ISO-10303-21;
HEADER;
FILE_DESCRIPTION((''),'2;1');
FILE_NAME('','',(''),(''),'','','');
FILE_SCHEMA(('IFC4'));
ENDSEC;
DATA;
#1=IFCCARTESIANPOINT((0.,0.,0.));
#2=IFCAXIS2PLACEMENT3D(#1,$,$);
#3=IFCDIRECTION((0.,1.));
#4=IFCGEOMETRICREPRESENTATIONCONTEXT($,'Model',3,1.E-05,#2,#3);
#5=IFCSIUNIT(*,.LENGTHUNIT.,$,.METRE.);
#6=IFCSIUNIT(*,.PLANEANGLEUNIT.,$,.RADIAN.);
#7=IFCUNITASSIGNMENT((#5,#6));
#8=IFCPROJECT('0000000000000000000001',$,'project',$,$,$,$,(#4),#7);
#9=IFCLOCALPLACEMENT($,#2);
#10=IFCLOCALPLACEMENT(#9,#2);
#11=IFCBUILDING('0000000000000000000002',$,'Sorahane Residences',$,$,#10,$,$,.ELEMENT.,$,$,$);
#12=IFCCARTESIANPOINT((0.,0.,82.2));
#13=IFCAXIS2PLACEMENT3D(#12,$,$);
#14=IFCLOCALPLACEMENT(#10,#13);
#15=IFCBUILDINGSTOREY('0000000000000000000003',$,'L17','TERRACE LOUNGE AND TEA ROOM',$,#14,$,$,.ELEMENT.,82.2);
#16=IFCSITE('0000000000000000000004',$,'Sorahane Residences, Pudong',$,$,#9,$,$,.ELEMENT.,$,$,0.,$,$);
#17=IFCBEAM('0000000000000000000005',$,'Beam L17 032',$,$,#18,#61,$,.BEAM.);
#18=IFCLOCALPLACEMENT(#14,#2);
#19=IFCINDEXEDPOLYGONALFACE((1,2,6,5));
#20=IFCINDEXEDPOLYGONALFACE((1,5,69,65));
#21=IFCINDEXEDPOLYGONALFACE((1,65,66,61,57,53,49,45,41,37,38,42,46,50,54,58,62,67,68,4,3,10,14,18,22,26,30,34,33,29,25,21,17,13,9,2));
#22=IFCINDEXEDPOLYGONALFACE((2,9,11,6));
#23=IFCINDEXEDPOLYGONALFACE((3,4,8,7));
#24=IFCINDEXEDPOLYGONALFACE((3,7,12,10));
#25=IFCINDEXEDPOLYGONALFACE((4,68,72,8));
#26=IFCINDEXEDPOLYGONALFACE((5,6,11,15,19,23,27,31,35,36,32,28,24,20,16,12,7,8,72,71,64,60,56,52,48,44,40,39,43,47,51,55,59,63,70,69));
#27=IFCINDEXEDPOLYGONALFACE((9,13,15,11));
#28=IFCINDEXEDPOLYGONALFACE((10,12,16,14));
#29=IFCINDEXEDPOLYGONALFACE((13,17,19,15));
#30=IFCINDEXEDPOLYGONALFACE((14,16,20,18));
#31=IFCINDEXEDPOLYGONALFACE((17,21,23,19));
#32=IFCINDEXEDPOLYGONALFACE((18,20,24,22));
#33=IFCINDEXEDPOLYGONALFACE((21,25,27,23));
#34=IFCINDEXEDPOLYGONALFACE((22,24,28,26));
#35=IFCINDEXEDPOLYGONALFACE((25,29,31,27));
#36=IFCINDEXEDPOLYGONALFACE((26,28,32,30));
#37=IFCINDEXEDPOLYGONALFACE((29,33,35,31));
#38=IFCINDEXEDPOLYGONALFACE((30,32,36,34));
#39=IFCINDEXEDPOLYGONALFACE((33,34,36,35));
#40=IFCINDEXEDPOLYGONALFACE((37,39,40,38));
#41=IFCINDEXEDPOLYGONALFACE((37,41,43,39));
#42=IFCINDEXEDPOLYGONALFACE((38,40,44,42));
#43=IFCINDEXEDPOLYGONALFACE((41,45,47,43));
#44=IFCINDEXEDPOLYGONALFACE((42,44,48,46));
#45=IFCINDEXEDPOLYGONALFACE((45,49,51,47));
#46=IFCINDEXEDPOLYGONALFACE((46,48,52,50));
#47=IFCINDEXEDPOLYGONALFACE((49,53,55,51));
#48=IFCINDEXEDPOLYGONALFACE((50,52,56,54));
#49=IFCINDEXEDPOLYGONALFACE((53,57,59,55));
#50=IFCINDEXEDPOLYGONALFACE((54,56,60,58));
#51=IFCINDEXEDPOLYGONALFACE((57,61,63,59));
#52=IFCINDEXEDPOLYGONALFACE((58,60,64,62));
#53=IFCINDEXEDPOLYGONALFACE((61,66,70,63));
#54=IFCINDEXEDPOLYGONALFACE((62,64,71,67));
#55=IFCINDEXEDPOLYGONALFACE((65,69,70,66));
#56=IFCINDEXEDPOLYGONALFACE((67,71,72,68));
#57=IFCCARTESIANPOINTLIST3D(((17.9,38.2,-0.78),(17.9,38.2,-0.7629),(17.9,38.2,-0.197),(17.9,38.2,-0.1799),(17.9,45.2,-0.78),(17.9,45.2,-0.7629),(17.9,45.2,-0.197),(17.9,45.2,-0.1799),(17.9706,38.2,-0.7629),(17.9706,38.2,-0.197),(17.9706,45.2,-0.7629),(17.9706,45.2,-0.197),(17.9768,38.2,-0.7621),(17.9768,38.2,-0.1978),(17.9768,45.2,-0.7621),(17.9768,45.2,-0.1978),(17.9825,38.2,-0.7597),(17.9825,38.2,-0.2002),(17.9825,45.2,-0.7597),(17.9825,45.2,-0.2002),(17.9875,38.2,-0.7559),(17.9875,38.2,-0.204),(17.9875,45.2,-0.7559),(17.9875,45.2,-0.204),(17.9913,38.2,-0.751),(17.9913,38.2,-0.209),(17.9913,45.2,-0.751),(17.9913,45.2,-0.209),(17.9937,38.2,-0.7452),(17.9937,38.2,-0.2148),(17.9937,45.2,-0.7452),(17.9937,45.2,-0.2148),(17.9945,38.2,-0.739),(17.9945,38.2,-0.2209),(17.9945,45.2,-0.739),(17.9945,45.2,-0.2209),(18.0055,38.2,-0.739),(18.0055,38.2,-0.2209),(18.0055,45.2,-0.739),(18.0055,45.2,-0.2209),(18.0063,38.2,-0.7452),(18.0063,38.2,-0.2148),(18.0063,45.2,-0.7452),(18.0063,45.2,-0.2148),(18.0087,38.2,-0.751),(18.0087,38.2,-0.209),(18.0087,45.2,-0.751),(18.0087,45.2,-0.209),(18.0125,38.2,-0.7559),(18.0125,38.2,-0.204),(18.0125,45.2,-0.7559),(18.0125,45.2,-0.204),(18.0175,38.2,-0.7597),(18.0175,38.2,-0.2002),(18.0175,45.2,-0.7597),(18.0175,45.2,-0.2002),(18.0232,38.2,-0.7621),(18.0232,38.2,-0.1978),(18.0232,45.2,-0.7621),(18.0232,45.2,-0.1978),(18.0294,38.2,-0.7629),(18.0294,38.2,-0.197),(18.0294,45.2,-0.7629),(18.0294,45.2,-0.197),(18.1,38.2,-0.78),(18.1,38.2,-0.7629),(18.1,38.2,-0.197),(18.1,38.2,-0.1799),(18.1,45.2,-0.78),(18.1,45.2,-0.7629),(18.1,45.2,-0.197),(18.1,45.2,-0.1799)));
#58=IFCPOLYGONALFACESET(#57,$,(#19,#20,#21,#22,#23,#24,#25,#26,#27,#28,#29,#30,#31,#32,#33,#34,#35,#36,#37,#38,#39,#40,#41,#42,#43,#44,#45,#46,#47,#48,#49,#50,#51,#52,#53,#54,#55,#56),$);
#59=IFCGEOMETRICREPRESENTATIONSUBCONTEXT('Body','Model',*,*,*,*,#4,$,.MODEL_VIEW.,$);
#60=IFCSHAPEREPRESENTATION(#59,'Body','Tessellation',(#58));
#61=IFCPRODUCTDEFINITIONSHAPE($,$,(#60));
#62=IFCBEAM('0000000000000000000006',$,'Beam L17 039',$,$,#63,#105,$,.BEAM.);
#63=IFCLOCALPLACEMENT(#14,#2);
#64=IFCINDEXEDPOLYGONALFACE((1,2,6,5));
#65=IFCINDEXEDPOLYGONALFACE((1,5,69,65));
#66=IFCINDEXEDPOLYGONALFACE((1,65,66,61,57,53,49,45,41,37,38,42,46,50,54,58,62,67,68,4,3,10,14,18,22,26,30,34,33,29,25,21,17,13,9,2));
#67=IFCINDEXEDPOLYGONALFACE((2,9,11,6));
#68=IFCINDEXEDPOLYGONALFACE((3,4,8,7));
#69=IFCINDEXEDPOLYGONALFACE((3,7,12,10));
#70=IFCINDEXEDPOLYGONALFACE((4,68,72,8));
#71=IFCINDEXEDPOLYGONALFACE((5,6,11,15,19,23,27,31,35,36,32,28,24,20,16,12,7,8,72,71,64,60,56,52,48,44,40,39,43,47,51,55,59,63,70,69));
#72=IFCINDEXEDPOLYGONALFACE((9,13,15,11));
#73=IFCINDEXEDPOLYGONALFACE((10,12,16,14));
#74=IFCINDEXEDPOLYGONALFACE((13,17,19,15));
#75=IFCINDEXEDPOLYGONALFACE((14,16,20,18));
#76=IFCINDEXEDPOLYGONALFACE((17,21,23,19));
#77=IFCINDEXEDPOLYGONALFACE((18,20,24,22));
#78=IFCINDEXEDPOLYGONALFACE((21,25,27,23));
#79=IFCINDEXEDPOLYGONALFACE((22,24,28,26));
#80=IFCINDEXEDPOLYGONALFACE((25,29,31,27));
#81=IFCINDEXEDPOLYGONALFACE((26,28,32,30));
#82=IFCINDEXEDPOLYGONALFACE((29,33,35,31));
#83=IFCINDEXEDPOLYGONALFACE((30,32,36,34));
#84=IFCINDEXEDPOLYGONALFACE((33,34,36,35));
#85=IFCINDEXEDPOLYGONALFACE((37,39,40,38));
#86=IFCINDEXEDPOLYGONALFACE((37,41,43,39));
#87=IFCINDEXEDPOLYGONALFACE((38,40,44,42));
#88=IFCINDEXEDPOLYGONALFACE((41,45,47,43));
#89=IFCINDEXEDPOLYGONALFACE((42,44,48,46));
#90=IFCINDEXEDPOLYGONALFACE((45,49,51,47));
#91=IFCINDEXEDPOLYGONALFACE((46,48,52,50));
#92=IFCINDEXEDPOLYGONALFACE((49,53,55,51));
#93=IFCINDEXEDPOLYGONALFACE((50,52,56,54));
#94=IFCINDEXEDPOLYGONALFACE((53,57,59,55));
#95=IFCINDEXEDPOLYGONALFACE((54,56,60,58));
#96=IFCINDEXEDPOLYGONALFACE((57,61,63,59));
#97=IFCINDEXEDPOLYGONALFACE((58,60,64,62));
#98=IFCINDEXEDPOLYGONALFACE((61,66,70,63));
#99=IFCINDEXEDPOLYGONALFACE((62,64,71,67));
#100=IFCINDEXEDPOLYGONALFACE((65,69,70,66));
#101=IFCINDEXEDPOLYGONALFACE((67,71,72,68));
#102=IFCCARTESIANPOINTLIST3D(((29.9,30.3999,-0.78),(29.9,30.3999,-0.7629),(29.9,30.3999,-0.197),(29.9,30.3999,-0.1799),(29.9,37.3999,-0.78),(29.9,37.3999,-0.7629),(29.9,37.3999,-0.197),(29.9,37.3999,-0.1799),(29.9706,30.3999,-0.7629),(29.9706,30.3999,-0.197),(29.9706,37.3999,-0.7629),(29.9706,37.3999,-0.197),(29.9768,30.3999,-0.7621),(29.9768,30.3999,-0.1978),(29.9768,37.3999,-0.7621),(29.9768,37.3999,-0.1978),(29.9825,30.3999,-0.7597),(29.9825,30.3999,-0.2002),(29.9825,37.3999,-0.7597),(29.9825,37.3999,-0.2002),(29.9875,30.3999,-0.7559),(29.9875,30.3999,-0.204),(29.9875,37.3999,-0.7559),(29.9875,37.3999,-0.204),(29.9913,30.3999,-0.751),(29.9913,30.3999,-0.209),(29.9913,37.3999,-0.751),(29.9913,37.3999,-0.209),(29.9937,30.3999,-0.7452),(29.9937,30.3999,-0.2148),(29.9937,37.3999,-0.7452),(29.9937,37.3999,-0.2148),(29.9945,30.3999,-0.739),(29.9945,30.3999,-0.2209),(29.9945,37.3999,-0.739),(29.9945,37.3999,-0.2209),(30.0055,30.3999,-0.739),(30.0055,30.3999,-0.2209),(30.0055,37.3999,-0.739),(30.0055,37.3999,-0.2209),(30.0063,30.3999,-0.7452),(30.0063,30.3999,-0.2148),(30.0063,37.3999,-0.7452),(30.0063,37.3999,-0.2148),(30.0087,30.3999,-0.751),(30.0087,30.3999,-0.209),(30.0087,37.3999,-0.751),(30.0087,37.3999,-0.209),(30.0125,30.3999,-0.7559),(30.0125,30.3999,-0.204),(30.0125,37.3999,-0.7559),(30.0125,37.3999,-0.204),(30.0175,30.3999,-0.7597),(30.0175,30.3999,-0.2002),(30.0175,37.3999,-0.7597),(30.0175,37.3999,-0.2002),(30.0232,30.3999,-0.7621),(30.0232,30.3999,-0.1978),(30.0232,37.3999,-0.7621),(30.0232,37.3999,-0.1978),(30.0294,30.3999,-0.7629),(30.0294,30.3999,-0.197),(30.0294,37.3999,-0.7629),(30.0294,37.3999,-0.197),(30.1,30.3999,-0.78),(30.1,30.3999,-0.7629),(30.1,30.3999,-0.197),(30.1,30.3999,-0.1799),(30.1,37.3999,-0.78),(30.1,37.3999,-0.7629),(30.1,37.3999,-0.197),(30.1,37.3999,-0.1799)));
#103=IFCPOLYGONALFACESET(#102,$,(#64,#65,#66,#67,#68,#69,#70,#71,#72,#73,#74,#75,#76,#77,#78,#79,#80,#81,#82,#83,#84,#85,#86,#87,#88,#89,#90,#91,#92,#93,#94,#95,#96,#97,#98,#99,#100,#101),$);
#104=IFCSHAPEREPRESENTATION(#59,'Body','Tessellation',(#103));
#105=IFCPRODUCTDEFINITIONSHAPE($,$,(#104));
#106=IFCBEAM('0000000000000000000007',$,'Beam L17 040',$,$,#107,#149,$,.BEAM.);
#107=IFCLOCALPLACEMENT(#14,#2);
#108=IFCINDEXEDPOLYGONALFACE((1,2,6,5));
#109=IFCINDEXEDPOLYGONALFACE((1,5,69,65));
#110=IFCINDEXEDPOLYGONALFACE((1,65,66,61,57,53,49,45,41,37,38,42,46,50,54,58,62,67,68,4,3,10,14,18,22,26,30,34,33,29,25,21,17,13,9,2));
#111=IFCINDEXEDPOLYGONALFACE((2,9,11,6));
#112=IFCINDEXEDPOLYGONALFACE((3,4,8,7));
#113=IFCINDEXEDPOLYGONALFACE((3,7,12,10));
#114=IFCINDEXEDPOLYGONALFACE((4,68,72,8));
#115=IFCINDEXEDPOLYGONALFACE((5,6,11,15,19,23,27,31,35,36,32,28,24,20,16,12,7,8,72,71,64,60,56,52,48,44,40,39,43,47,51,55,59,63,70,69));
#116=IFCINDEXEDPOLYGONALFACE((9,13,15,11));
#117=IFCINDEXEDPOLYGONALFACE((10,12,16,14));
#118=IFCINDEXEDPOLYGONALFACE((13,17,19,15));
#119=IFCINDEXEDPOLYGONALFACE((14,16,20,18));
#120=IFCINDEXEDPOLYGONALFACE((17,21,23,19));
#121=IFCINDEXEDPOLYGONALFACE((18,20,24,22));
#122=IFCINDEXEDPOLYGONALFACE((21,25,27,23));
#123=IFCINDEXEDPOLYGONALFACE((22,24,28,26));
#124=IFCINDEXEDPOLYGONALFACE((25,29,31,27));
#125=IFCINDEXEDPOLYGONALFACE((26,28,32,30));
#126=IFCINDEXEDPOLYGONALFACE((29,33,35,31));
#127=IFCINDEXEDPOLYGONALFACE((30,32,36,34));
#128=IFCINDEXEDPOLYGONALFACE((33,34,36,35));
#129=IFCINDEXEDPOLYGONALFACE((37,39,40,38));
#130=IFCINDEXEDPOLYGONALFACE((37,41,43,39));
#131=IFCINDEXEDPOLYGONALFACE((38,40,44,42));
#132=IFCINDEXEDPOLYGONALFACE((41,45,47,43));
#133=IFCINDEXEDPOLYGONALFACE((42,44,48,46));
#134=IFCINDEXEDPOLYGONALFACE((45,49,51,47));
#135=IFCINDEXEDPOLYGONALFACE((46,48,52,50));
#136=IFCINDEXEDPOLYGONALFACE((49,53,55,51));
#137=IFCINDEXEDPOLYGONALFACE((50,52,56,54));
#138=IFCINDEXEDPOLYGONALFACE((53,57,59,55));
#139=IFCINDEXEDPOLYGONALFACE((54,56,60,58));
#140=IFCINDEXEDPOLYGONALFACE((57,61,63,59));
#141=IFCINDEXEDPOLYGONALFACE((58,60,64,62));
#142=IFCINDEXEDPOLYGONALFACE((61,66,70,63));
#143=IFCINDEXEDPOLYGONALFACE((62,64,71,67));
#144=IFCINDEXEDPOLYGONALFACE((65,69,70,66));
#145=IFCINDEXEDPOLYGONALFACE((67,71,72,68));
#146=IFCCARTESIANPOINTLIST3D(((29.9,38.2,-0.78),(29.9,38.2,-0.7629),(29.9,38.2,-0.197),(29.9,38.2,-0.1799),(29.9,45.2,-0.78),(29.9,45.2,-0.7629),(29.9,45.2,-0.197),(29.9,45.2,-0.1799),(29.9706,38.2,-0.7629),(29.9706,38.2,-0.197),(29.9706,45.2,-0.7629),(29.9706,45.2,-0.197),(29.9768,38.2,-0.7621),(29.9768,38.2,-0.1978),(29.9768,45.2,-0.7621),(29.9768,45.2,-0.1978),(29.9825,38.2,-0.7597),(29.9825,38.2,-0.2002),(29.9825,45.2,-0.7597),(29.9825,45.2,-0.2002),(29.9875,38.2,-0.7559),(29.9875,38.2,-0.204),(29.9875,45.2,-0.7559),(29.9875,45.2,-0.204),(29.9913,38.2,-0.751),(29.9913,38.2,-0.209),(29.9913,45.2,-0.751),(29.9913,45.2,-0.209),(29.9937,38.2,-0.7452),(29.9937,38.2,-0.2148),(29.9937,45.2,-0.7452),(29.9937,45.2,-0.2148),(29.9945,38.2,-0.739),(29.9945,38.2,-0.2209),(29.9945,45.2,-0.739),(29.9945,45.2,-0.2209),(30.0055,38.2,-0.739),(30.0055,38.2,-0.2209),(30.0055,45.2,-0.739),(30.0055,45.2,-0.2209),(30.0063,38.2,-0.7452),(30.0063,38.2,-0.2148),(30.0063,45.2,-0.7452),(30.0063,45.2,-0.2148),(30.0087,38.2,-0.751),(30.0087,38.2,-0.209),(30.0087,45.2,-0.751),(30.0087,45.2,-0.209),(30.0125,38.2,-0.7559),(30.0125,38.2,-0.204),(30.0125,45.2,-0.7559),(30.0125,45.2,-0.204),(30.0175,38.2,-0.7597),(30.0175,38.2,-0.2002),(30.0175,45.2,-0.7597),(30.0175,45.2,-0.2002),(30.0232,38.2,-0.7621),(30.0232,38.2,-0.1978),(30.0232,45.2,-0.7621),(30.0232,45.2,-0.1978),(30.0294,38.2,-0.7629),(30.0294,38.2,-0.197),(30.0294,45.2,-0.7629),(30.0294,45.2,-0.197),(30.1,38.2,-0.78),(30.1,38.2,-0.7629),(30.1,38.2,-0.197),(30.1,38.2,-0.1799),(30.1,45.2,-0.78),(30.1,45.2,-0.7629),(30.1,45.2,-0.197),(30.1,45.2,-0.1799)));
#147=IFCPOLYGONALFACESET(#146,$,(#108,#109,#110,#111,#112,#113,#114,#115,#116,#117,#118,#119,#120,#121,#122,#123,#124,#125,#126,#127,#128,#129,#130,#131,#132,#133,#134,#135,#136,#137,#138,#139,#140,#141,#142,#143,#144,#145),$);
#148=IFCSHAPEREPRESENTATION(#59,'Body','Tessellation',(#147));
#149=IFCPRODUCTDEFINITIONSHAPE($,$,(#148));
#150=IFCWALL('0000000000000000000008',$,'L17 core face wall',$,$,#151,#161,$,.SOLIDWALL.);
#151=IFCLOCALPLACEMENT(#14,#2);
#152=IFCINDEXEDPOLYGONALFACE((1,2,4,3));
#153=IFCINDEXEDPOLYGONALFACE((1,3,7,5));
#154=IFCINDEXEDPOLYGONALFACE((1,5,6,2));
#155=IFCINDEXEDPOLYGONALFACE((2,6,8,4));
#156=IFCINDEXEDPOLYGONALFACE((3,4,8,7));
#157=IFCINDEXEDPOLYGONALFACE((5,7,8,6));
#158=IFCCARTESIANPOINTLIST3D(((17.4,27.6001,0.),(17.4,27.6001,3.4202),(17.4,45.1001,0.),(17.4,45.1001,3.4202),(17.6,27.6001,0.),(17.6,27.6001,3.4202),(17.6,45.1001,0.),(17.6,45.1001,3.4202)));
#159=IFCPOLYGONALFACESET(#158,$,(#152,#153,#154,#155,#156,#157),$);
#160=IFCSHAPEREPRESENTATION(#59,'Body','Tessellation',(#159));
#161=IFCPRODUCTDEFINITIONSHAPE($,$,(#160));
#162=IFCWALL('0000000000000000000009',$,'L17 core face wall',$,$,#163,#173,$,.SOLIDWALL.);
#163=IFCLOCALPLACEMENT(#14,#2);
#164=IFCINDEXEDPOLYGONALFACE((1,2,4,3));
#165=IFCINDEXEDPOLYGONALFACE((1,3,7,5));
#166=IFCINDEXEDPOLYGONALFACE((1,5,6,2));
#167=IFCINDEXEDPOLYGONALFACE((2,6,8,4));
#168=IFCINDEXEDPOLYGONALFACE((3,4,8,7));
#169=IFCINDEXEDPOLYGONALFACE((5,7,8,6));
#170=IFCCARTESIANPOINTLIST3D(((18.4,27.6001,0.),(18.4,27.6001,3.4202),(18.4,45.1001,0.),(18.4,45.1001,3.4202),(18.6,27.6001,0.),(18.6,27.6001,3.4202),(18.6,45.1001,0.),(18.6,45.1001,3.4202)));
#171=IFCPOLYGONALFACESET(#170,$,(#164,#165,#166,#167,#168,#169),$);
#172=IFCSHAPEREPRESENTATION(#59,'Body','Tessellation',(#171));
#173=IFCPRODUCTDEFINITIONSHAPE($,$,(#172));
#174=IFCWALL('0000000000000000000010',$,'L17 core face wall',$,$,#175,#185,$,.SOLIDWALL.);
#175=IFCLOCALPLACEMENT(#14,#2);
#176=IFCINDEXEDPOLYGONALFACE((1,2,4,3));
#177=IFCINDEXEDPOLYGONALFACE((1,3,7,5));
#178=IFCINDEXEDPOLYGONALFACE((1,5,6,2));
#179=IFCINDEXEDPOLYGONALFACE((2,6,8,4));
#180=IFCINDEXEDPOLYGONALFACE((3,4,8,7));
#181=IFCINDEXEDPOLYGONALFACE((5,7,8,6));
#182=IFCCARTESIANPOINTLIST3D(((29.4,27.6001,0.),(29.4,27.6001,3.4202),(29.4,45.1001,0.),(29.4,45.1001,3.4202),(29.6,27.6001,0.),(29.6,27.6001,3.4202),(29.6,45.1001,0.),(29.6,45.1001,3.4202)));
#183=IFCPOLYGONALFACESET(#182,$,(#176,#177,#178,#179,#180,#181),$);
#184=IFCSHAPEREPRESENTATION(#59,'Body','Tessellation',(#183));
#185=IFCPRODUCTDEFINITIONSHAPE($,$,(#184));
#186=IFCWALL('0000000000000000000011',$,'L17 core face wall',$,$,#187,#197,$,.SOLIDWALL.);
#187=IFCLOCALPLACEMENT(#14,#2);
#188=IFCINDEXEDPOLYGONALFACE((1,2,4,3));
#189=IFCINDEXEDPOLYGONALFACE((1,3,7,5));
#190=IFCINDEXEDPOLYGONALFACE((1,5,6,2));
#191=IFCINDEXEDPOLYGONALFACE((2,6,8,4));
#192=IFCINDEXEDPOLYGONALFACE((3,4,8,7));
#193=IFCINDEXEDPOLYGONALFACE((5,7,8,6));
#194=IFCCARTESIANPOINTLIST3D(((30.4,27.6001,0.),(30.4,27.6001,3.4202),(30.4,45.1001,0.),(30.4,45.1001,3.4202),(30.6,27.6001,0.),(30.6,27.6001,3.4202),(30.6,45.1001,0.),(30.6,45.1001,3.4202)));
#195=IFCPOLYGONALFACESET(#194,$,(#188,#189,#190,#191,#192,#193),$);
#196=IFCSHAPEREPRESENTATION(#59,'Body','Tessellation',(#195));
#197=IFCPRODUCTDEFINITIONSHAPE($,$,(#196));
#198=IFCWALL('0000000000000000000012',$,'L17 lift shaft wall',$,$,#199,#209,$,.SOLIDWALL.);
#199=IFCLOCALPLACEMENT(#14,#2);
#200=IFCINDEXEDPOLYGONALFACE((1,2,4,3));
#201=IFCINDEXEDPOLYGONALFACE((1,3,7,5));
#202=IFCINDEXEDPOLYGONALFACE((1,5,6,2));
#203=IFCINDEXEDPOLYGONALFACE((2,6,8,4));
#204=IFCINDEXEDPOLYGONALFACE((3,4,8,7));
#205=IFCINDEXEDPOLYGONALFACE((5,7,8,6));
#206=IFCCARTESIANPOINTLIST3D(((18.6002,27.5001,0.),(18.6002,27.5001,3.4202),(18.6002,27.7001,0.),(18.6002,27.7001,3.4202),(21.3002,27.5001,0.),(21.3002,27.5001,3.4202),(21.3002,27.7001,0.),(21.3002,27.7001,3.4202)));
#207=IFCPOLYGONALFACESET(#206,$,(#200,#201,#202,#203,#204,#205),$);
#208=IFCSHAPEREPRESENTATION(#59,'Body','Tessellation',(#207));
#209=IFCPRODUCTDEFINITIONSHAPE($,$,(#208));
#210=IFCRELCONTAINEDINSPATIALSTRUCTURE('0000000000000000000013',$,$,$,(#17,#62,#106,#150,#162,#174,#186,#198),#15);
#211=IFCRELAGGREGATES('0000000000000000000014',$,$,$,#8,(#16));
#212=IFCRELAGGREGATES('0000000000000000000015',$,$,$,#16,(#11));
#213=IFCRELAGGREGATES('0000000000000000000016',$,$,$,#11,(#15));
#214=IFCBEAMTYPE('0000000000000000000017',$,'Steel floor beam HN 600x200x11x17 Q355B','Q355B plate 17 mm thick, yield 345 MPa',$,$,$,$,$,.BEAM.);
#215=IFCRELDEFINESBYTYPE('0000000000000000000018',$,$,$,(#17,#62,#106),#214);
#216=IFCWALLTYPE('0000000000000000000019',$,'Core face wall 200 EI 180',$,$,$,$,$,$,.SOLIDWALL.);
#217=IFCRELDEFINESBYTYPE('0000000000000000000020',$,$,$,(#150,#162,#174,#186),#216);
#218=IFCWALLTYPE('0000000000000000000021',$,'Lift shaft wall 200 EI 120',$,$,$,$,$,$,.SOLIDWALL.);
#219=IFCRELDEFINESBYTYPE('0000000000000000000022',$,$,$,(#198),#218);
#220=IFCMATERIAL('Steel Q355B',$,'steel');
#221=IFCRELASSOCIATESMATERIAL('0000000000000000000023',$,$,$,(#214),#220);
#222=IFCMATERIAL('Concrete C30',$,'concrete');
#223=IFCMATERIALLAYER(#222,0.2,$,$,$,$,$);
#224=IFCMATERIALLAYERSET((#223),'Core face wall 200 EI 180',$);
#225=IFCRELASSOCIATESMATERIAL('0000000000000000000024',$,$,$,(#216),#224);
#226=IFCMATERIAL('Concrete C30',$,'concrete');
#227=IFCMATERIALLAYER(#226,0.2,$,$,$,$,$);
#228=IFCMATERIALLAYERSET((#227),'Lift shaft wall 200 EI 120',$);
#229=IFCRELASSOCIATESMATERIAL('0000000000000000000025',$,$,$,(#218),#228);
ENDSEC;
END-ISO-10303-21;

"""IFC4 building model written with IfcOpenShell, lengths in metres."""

from ifc_helpers import new_model, si_unit, direction, frame, frame_2d, origin, origin_2d, place, context, subcontext, project, spatial, rectangle, i_section, extrude, material, layer, layer_set, material_profile, profile_set, type_object, element, save


model = new_model("IFC4")

# Units and contexts
model_context = context("Model", 3, precision=1e-05, world=origin(), true_north=direction((0.0, 1.0)))
body_context = subcontext(model_context, "Body", "Model", "MODEL_VIEW")
ifc_project = project(units=[si_unit("LENGTHUNIT", "METRE"), si_unit("PLANEANGLEUNIT", "RADIAN")], contexts=[model_context])

# Site, building, storey
site_placement = place(None, origin())
site = spatial("IfcSite", under=ifc_project, at=site_placement, Name="Sorahane Residences, Pudong", CompositionType="ELEMENT", RefElevation=0.0)
building_placement = place(site_placement, origin())
building = spatial("IfcBuilding", under=site, at=building_placement, Name="Sorahane Residences", CompositionType="ELEMENT")
storey_placement = place(building_placement, frame((0.0, 0.0, 82.2)))
storey = spatial("IfcBuildingStorey", under=building, at=storey_placement, Name="L17", Description="TERRACE LOUNGE AND TEA ROOM", CompositionType="ELEMENT", Elevation=82.2)

# Beams
ifc_material_1 = material(Name="Steel Q355B", Category="steel")
ifc_material_profile_1 = material_profile(ifc_material_1, i_section(OverallWidth=0.2, OverallDepth=0.6001, WebThickness=0.011, FlangeThickness=0.0171, FilletRadius=0.0239, at=origin_2d()), Name="HN 600x200x11x17")
ifc_profile_set_1 = profile_set([ifc_material_profile_1], Name="Steel Q355B")
beam_type = type_object("IfcBeamType", Name="Steel floor beam HN 600x200x11x17 Q355B", Description="Q355B plate 17 mm thick, yield 345 MPa", PredefinedType="BEAM", material=ifc_profile_set_1)
for number, where, z_axis, x_axis, name in (
    (1, (18.0, 38.2, -0.48), (0.0, 1.0, 0.0), (-1.0, 0.0, 0.0), "Beam L17 032"),
    (2, (30.0, 30.3999, -0.48), (0.0, 1.0, 0.0), (-1.0, 0.0, 0.0), "Beam L17 039"),
    (3, (30.0, 38.2, -0.48), (0.0, 1.0, 0.0), (-1.0, 0.0, 0.0), "Beam L17 040"),
):
    element("IfcBeam", number, at=place(storey_placement, frame(where, z_axis=z_axis, x_axis=x_axis)), inside=storey, type_object=beam_type, Name=name, PredefinedType="BEAM", context=body_context, shape_type="SweptSolid", body=[
        extrude(i_section(OverallWidth=0.2, OverallDepth=0.6001, WebThickness=0.011, FlangeThickness=0.0171, FilletRadius=0.0239, at=origin_2d()), origin(), (0.0, 0.0, 1.0), 7.0),
    ])

# Walls
ifc_material_2 = material(Name="Concrete C30", Category="concrete")
ifc_layer_1 = layer(ifc_material_2, 0.2)
ifc_layer_set_1 = layer_set([ifc_layer_1], Name="Core face wall 200 EI 180")
wall_type_1 = type_object("IfcWallType", Name="Core face wall 200 EI 180", PredefinedType="SOLIDWALL", material=ifc_layer_set_1)
for number, where, z_axis, x_axis, name in (
    (4, (17.5, 27.6001, 0.0), (0.0, 0.0, 1.0), (0.0, 1.0, 0.0), "L17 core face wall"),
    (5, (18.5, 27.6001, 0.0), (0.0, 0.0, 1.0), (0.0, 1.0, 0.0), "L17 core face wall"),
    (6, (29.5, 27.6001, 0.0), (0.0, 0.0, 1.0), (0.0, 1.0, 0.0), "L17 core face wall"),
    (7, (30.5, 27.6001, 0.0), (0.0, 0.0, 1.0), (0.0, 1.0, 0.0), "L17 core face wall"),
):
    element("IfcWall", number, at=place(storey_placement, frame(where, z_axis=z_axis, x_axis=x_axis)), inside=storey, type_object=wall_type_1, Name=name, PredefinedType="SOLIDWALL", context=body_context, shape_type="SweptSolid", body=[
        extrude(rectangle(XDim=17.5, YDim=0.2, at=frame_2d((8.75, 0.0))), origin(), (0.0, 0.0, 1.0), 3.4202),
    ])
ifc_material_3 = material(Name="Concrete C30", Category="concrete")
ifc_layer_2 = layer(ifc_material_3, 0.2)
ifc_layer_set_2 = layer_set([ifc_layer_2], Name="Lift shaft wall 200 EI 120")
wall_type_2 = type_object("IfcWallType", Name="Lift shaft wall 200 EI 120", PredefinedType="SOLIDWALL", material=ifc_layer_set_2)
for number, where, z_axis, x_axis, name in (
    (8, (18.6001, 27.6001, 0.0), (0.0, 0.0, 1.0), (1.0, 0.0, 0.0), "L17 lift shaft wall"),
):
    element("IfcWall", number, at=place(storey_placement, frame(where, z_axis=z_axis, x_axis=x_axis)), inside=storey, type_object=wall_type_2, Name=name, PredefinedType="SOLIDWALL", context=body_context, shape_type="SweptSolid", body=[
        extrude(rectangle(XDim=2.7, YDim=0.2, at=frame_2d((1.3501, 0.0))), origin(), (0.0, 0.0, 1.0), 3.4202),
    ])

save(model, "model.ifc")
